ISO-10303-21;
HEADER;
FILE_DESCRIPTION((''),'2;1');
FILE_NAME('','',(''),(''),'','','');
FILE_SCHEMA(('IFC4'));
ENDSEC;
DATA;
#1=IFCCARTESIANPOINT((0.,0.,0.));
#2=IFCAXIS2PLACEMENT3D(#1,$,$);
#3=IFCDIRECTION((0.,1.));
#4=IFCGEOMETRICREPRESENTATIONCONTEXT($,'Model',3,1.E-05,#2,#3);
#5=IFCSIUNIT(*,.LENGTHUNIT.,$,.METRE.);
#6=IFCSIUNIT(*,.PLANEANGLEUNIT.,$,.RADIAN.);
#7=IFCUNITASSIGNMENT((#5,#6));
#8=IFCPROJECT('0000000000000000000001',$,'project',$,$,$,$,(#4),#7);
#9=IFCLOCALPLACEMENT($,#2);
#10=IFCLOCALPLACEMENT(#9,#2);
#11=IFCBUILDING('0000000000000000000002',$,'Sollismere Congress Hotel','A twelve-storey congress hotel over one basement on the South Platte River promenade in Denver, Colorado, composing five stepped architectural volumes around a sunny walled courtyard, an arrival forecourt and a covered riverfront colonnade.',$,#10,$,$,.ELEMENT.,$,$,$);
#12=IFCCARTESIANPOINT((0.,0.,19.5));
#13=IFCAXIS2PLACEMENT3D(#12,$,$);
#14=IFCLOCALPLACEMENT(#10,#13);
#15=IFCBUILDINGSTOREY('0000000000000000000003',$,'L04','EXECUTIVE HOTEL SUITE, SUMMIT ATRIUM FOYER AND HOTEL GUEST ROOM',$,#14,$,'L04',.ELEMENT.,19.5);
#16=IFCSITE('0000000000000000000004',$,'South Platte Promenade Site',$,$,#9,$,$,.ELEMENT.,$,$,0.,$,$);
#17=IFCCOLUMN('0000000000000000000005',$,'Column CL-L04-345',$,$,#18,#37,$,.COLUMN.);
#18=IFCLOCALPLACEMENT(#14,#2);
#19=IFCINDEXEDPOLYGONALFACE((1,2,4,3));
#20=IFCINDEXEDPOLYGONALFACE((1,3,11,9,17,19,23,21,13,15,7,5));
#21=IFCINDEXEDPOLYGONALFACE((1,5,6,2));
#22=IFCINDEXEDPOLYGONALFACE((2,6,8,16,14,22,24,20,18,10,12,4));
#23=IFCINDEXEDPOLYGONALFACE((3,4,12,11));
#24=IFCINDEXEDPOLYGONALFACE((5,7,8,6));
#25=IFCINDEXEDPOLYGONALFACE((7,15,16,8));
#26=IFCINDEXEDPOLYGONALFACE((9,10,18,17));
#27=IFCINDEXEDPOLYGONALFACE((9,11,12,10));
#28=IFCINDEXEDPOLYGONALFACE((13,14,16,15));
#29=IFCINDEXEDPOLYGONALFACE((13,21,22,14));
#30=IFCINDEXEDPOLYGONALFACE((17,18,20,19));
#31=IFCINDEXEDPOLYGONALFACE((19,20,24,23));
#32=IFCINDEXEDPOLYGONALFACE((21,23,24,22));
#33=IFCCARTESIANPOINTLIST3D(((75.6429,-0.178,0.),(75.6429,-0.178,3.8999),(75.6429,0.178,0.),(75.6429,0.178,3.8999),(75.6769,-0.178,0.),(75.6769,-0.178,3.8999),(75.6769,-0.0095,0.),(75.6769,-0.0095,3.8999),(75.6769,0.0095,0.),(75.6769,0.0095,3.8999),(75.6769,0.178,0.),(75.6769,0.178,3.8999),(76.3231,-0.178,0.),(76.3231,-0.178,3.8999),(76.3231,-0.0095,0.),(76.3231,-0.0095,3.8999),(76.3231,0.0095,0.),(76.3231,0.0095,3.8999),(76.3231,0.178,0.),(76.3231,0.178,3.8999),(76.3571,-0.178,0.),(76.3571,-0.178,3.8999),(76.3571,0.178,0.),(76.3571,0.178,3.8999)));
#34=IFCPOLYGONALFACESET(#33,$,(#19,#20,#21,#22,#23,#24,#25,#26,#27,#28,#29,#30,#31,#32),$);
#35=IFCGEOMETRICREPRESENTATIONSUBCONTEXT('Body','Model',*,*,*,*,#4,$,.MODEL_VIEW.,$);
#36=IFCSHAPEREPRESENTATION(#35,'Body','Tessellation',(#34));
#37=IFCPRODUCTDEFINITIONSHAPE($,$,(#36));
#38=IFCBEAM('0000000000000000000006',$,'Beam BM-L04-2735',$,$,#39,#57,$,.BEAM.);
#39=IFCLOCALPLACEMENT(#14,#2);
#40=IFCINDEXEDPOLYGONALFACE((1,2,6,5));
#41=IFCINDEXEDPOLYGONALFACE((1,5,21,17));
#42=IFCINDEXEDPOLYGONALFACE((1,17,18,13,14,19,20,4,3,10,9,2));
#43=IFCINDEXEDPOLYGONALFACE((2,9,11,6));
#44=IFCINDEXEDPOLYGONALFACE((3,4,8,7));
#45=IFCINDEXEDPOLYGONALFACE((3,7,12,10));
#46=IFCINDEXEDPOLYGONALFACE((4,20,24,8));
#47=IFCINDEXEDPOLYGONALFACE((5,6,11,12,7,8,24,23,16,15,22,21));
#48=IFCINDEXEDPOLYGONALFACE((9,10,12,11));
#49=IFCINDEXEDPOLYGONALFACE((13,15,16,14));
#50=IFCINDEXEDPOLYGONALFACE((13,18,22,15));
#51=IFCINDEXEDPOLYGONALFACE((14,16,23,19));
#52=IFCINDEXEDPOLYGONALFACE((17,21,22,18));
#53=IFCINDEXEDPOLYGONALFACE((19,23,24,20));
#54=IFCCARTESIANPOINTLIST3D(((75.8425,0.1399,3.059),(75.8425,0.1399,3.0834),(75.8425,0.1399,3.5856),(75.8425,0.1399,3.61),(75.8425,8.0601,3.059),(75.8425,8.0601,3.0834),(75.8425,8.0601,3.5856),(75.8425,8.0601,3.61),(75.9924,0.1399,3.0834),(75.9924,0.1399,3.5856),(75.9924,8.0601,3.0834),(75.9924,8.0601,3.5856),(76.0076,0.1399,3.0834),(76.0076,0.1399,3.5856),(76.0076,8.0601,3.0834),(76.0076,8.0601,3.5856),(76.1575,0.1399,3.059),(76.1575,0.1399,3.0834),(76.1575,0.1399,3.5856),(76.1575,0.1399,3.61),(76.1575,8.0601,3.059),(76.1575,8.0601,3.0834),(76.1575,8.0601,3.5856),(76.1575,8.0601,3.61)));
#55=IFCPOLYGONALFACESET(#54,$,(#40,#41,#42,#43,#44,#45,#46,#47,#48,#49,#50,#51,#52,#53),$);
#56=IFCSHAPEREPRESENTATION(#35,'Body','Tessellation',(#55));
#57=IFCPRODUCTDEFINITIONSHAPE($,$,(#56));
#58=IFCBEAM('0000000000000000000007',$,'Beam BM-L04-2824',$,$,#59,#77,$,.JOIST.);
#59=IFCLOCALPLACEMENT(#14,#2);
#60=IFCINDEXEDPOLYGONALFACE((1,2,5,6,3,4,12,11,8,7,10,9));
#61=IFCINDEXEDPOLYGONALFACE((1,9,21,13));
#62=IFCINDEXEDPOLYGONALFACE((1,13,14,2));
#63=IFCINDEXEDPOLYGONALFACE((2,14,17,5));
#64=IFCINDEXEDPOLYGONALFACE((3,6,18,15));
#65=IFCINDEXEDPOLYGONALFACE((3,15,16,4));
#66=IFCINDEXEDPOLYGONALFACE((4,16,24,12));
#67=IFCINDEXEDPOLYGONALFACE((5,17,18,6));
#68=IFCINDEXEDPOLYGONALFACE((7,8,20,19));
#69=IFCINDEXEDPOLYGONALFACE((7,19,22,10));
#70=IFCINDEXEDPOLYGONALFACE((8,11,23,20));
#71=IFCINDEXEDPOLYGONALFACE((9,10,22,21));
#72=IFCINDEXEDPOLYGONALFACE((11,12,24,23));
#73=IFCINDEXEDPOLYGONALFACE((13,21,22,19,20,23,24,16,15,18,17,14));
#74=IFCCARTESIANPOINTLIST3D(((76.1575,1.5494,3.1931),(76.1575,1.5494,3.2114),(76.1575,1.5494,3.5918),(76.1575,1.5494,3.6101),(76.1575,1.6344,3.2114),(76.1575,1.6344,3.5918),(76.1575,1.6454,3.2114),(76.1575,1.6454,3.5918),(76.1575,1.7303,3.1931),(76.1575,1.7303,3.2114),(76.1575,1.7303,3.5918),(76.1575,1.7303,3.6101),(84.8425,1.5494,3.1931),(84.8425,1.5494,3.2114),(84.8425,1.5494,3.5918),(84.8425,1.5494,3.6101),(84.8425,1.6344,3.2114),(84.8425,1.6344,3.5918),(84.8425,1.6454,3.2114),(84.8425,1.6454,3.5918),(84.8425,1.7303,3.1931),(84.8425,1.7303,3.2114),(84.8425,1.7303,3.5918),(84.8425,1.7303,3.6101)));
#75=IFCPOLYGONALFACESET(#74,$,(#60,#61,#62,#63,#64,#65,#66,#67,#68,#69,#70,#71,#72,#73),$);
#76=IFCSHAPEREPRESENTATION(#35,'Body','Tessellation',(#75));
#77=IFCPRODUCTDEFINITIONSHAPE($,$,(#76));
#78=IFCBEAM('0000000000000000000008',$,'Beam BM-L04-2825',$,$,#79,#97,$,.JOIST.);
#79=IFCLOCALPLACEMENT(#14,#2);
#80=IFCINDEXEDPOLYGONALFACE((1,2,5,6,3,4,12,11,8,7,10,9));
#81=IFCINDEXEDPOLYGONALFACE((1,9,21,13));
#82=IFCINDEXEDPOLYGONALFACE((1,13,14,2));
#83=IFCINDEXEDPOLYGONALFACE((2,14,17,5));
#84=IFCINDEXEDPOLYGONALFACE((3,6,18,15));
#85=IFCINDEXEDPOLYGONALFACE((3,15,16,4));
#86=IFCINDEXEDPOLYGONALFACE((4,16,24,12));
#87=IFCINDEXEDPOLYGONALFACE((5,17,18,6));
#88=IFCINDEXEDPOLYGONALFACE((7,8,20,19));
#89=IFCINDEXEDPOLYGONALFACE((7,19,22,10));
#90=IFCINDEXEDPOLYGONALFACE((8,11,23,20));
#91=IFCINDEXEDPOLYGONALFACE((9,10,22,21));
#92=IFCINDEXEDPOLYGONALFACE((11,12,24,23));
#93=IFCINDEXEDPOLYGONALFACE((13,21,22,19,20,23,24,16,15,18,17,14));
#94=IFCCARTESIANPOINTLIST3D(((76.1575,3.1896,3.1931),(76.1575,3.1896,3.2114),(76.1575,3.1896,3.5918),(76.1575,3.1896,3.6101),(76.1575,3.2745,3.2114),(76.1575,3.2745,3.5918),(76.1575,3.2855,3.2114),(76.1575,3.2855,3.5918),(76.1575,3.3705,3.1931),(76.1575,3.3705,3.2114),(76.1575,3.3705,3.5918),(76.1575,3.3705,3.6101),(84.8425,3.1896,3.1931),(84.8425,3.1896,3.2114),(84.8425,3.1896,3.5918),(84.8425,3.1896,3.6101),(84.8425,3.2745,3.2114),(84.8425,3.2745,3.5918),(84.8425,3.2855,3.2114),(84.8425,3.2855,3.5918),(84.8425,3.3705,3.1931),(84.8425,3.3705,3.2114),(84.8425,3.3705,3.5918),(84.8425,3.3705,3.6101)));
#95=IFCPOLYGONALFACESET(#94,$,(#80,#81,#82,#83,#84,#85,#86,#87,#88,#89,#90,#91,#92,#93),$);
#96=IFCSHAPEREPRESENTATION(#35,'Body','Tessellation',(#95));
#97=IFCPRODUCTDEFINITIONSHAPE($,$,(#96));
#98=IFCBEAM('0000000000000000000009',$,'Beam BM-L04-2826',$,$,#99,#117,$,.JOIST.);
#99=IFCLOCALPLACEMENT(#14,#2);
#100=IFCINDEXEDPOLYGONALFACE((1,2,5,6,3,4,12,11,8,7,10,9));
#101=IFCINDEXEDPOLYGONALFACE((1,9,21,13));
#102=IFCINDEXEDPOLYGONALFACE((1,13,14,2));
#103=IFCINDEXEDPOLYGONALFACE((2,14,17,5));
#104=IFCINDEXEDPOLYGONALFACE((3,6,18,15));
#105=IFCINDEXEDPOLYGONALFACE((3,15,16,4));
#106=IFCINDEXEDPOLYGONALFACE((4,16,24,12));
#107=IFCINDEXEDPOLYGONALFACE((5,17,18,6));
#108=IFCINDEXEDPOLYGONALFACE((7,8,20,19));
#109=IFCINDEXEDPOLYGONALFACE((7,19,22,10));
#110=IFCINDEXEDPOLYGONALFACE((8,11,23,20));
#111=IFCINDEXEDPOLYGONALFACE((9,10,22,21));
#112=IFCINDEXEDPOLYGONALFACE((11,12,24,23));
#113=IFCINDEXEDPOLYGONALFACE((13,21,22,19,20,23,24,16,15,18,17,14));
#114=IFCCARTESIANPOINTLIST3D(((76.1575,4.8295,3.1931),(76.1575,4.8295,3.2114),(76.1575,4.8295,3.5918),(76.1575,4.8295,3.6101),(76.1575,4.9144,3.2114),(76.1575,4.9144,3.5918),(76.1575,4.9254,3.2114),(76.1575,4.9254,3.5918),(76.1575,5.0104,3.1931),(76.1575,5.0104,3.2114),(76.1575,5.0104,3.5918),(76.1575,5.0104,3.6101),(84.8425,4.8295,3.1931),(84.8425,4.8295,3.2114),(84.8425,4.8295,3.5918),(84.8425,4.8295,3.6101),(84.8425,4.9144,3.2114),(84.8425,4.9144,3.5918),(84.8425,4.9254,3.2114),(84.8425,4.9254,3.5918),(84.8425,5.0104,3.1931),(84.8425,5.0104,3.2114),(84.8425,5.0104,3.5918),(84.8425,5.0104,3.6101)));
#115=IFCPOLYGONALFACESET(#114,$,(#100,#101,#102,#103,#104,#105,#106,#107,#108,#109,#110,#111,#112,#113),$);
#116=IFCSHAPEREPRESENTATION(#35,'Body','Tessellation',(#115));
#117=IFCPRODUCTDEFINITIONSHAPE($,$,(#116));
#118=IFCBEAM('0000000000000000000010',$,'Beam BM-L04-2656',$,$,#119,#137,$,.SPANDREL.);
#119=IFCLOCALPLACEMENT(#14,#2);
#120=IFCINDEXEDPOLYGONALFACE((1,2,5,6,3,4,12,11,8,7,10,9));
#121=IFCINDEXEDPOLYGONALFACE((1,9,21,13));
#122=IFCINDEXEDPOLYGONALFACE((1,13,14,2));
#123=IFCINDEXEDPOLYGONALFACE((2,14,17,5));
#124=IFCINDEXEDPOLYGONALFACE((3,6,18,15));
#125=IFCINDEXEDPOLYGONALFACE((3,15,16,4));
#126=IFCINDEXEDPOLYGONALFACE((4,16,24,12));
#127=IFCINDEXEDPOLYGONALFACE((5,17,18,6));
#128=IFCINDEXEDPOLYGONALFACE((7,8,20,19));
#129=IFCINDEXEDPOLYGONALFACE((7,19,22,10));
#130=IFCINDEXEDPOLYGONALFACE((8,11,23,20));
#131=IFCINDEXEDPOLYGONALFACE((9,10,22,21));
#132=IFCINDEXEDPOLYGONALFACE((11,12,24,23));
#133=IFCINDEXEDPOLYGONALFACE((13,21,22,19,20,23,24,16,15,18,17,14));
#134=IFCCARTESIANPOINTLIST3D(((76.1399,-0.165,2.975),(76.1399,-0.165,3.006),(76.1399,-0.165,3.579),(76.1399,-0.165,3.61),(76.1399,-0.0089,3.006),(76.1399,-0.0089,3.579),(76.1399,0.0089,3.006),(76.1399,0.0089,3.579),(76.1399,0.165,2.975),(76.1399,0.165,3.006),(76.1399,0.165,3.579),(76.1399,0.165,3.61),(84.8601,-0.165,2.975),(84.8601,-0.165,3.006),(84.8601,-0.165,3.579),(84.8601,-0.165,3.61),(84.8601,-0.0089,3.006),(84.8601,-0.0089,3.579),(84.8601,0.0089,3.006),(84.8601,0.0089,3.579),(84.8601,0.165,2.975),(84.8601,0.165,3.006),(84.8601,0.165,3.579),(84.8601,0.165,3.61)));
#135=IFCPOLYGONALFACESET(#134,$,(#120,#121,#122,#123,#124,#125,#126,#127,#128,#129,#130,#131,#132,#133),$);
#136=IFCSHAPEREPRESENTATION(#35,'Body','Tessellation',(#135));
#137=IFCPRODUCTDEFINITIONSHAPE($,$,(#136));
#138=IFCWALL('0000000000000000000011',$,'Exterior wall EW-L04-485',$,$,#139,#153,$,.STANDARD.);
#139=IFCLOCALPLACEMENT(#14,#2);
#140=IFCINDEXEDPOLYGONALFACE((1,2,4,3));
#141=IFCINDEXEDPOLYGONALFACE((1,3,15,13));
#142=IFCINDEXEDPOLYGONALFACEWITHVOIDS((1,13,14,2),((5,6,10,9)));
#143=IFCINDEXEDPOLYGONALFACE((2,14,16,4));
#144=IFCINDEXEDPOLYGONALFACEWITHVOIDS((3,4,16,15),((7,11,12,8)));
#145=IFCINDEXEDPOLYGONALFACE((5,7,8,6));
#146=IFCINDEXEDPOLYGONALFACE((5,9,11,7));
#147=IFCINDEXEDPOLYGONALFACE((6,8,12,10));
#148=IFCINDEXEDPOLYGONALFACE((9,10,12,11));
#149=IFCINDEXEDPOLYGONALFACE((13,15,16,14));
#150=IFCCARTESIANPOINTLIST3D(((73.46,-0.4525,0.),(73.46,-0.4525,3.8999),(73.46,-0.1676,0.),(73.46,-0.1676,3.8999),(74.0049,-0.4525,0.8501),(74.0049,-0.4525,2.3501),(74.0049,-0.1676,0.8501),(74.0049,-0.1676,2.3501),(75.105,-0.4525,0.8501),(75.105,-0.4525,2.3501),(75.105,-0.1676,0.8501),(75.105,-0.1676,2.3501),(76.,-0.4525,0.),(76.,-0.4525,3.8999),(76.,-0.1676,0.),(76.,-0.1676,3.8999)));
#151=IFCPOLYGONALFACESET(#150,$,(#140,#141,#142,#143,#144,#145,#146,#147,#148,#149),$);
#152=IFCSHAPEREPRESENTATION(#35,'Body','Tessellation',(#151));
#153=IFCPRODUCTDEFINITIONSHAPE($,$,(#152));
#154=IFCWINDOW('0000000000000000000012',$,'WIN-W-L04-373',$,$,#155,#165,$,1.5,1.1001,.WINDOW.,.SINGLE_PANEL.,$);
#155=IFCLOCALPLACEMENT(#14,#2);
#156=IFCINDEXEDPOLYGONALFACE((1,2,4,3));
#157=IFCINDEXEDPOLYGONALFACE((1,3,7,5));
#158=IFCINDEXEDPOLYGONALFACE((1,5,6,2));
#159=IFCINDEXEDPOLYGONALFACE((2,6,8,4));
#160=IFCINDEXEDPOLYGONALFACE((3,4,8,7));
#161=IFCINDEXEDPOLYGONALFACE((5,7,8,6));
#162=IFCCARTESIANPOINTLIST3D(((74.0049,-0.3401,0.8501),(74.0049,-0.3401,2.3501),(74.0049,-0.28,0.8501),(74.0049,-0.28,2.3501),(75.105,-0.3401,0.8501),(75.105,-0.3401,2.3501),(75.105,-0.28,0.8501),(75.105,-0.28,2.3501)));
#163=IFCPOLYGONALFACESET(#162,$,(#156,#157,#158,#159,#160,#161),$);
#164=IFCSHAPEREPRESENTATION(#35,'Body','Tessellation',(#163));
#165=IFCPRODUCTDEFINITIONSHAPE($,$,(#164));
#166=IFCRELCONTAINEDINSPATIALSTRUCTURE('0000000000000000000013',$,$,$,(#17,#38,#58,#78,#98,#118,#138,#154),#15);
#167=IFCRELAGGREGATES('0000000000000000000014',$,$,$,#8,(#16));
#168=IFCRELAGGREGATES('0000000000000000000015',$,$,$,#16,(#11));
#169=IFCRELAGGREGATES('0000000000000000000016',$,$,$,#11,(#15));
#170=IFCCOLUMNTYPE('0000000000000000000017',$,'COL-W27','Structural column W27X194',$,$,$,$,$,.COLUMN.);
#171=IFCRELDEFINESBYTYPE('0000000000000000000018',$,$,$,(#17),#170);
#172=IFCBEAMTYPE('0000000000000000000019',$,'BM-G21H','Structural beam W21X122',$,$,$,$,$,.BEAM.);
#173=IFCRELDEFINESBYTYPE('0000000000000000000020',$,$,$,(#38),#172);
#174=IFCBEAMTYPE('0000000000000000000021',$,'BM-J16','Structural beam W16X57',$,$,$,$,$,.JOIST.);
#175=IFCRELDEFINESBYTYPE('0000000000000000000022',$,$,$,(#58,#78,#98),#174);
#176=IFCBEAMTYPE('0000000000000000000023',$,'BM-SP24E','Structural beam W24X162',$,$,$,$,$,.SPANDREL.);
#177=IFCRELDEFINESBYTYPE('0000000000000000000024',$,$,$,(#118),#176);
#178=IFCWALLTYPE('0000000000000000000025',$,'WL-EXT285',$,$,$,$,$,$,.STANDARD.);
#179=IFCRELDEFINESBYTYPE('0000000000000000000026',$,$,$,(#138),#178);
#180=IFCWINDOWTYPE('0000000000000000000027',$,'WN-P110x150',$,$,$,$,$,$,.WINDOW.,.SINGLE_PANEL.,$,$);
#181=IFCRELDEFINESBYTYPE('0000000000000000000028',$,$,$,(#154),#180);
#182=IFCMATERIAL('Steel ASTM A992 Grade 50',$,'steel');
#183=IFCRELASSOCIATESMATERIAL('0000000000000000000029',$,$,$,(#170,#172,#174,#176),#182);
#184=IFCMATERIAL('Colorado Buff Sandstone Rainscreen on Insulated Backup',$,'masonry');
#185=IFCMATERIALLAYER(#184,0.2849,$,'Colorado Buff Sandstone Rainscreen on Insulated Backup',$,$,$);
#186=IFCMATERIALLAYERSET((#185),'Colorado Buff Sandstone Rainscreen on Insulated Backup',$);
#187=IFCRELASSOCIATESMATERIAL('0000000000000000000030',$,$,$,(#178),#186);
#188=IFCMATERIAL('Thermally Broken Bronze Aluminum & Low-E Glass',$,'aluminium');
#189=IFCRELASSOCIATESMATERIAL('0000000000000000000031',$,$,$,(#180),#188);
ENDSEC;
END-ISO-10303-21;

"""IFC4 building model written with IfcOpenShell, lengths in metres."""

from ifc_helpers import new_model, si_unit, direction, frame, frame_2d, origin, origin_2d, place, context, subcontext, project, spatial, rectangle, i_section, extrude, material, layer, layer_set, material_profile, profile_set, type_object, element, fill, save


model = new_model("IFC4")

# Units and contexts
model_context = context("Model", 3, precision=1e-05, world=origin(), true_north=direction((0.0, 1.0)))
body_context = subcontext(model_context, "Body", "Model", "MODEL_VIEW")
ifc_project = project(units=[si_unit("LENGTHUNIT", "METRE"), si_unit("PLANEANGLEUNIT", "RADIAN")], contexts=[model_context])

# Site, building, storey
site_placement = place(None, origin())
site = spatial("IfcSite", under=ifc_project, at=site_placement, Name="South Platte Promenade Site", CompositionType="ELEMENT", RefElevation=0.0)
building_placement = place(site_placement, origin())
building = spatial("IfcBuilding", under=site, at=building_placement, Name="Sollismere Congress Hotel", Description="A twelve-storey congress hotel over one basement on the South Platte River promenade in Denver, Colorado, composing five stepped architectural volumes around a sunny walled courtyard, an arrival forecourt and a covered riverfront colonnade.", CompositionType="ELEMENT")
storey_placement = place(building_placement, frame((0.0, 0.0, 19.5)))
storey = spatial("IfcBuildingStorey", under=building, at=storey_placement, Name="L04", Description="EXECUTIVE HOTEL SUITE, SUMMIT ATRIUM FOYER AND HOTEL GUEST ROOM", LongName="L04", CompositionType="ELEMENT", Elevation=19.5)

# Column
ifc_material_1 = material(Name="Steel ASTM A992 Grade 50", Category="steel")
ifc_material_profile_1 = material_profile(ifc_material_1, i_section(OverallWidth=0.356, OverallDepth=0.7141, WebThickness=0.019, FlangeThickness=0.0339, at=origin_2d()), Name="W27X194")
ifc_profile_set_1 = profile_set([ifc_material_profile_1], Name="Steel ASTM A992 Grade 50")
column_type = type_object("IfcColumnType", Name="COL-W27", Description="Structural column W27X194", PredefinedType="COLUMN", material=ifc_profile_set_1)
column_placement = place(storey_placement, frame((76.0, 0.0, 0.0), z_axis=(0.0, 0.0, 1.0), x_axis=(0.0, 1.0, 0.0)))
element("IfcColumn", 1, at=column_placement, inside=storey, type_object=column_type, Name="Column CL-L04-345", PredefinedType="COLUMN", context=body_context, shape_type="SweptSolid", body=[
    extrude(i_section(OverallWidth=0.356, OverallDepth=0.7141, WebThickness=0.019, FlangeThickness=0.0339, at=origin_2d()), origin(), (0.0, 0.0, 1.0), 3.8999),
])

# Beams
ifc_material_profile_2 = material_profile(ifc_material_1, i_section(OverallWidth=0.3149, OverallDepth=0.551, WebThickness=0.0151, FlangeThickness=0.0244, at=origin_2d()), Name="W21X122")
ifc_profile_set_2 = profile_set([ifc_material_profile_2], Name="Steel ASTM A992 Grade 50")
beam_type_1 = type_object("IfcBeamType", Name="BM-G21H", Description="Structural beam W21X122", PredefinedType="BEAM", material=ifc_profile_set_2)
beam_1_placement = place(storey_placement, frame((76.0, 0.1399, 3.3345), z_axis=(0.0, 1.0, 0.0), x_axis=(-1.0, 0.0, 0.0)))
element("IfcBeam", 2, at=beam_1_placement, inside=storey, type_object=beam_type_1, Name="Beam BM-L04-2735", PredefinedType="BEAM", context=body_context, shape_type="SweptSolid", body=[
    extrude(i_section(OverallWidth=0.3149, OverallDepth=0.551, WebThickness=0.0151, FlangeThickness=0.0244, at=origin_2d()), origin(), (0.0, 0.0, 1.0), 7.9202),
])
ifc_material_profile_3 = material_profile(ifc_material_1, i_section(OverallWidth=0.1809, OverallDepth=0.417, WebThickness=0.011, FlangeThickness=0.0183, at=origin_2d()), Name="W16X57")
ifc_profile_set_3 = profile_set([ifc_material_profile_3], Name="Steel ASTM A992 Grade 50")
beam_type_2 = type_object("IfcBeamType", Name="BM-J16", Description="Structural beam W16X57", PredefinedType="JOIST", material=ifc_profile_set_3)
for number, where, z_axis, x_axis, name in (
    (3, (76.1575, 1.6399, 3.4016), (1.0, 0.0, 0.0), (0.0, 1.0, 0.0), "Beam BM-L04-2824"),
    (4, (76.1575, 3.28, 3.4016), (1.0, 0.0, 0.0), (0.0, 1.0, 0.0), "Beam BM-L04-2825"),
    (5, (76.1575, 4.9199, 3.4016), (1.0, 0.0, 0.0), (0.0, 1.0, 0.0), "Beam BM-L04-2826"),
):
    element("IfcBeam", number, at=place(storey_placement, frame(where, z_axis=z_axis, x_axis=x_axis)), inside=storey, type_object=beam_type_2, Name=name, PredefinedType="JOIST", context=body_context, shape_type="SweptSolid", body=[
        extrude(i_section(OverallWidth=0.1809, OverallDepth=0.417, WebThickness=0.011, FlangeThickness=0.0183, at=origin_2d()), origin(), (0.0, 0.0, 1.0), 8.6851),
    ])
ifc_material_profile_4 = material_profile(ifc_material_1, i_section(OverallWidth=0.3301, OverallDepth=0.635, WebThickness=0.0178, FlangeThickness=0.031, at=origin_2d()), Name="W24X162")
ifc_profile_set_4 = profile_set([ifc_material_profile_4], Name="Steel ASTM A992 Grade 50")
beam_type_3 = type_object("IfcBeamType", Name="BM-SP24E", Description="Structural beam W24X162", PredefinedType="SPANDREL", material=ifc_profile_set_4)
beam_2_placement = place(storey_placement, frame((76.1399, 0.0, 3.2925), z_axis=(1.0, 0.0, 0.0), x_axis=(0.0, 1.0, 0.0)))
element("IfcBeam", 6, at=beam_2_placement, inside=storey, type_object=beam_type_3, Name="Beam BM-L04-2656", PredefinedType="SPANDREL", context=body_context, shape_type="SweptSolid", body=[
    extrude(i_section(OverallWidth=0.3301, OverallDepth=0.635, WebThickness=0.0178, FlangeThickness=0.031, at=origin_2d()), origin(), (0.0, 0.0, 1.0), 8.7202),
])

# Wall, opening, window
ifc_material_2 = material(Name="Colorado Buff Sandstone Rainscreen on Insulated Backup", Category="masonry")
ifc_layer_1 = layer(ifc_material_2, 0.2849, Name="Colorado Buff Sandstone Rainscreen on Insulated Backup")
ifc_layer_set_1 = layer_set([ifc_layer_1], Name="Colorado Buff Sandstone Rainscreen on Insulated Backup")
wall_type_1 = type_object("IfcWallType", Name="WL-EXT285", PredefinedType="STANDARD", material=ifc_layer_set_1)
wall_1_placement = place(storey_placement, frame((73.46, -0.3101, 0.0), z_axis=(0.0, 0.0, 1.0), x_axis=(1.0, 0.0, 0.0)))
wall_1 = element("IfcWall", 7, at=wall_1_placement, inside=storey, type_object=wall_type_1, Name="Exterior wall EW-L04-485", PredefinedType="STANDARD", context=body_context, shape_type="SweptSolid", body=[
    extrude(rectangle(XDim=2.54, YDim=0.2849, at=frame_2d((1.27, 0.0))), origin(), (0.0, 0.0, 1.0), 3.8999),
])
opening_1_placement = place(wall_1_placement, frame((0.5449, 0.0, 0.8501)))
opening_1 = element("IfcOpeningElement", 8, at=opening_1_placement, cuts=wall_1, PredefinedType="OPENING", context=body_context, shape_type="SweptSolid", body=[
    extrude(rectangle(XDim=1.1001, YDim=1.5, at=frame_2d((0.55, 0.75))), frame((0.0, 0.1523, 0.0), z_axis=(0.0, -1.0, 0.0), x_axis=(1.0, 0.0, 0.0)), (0.0, 0.0, 1.0), 0.3049),
])
ifc_material_3 = material(Name="Thermally Broken Bronze Aluminum & Low-E Glass", Category="aluminium")
window_type_1 = type_object("IfcWindowType", Name="WN-P110x150", PartitioningType="SINGLE_PANEL", PredefinedType="WINDOW", material=ifc_material_3)
window_1_placement = place(opening_1_placement, origin())
window_1 = element("IfcWindow", 9, at=window_1_placement, inside=storey, type_object=window_type_1, Name="WIN-W-L04-373", OverallHeight=1.5, OverallWidth=1.1001, PartitioningType="SINGLE_PANEL", PredefinedType="WINDOW", context=body_context, shape_type="SweptSolid", body=[
    extrude(rectangle(XDim=1.1001, YDim=1.5, at=frame_2d((0.55, 0.75))), frame((0.0, 0.03, 0.0), z_axis=(0.0, -1.0, 0.0), x_axis=(1.0, 0.0, 0.0)), (0.0, 0.0, 1.0), 0.0601),
])
fill(opening_1, window_1)

save(model, "model.ifc")
